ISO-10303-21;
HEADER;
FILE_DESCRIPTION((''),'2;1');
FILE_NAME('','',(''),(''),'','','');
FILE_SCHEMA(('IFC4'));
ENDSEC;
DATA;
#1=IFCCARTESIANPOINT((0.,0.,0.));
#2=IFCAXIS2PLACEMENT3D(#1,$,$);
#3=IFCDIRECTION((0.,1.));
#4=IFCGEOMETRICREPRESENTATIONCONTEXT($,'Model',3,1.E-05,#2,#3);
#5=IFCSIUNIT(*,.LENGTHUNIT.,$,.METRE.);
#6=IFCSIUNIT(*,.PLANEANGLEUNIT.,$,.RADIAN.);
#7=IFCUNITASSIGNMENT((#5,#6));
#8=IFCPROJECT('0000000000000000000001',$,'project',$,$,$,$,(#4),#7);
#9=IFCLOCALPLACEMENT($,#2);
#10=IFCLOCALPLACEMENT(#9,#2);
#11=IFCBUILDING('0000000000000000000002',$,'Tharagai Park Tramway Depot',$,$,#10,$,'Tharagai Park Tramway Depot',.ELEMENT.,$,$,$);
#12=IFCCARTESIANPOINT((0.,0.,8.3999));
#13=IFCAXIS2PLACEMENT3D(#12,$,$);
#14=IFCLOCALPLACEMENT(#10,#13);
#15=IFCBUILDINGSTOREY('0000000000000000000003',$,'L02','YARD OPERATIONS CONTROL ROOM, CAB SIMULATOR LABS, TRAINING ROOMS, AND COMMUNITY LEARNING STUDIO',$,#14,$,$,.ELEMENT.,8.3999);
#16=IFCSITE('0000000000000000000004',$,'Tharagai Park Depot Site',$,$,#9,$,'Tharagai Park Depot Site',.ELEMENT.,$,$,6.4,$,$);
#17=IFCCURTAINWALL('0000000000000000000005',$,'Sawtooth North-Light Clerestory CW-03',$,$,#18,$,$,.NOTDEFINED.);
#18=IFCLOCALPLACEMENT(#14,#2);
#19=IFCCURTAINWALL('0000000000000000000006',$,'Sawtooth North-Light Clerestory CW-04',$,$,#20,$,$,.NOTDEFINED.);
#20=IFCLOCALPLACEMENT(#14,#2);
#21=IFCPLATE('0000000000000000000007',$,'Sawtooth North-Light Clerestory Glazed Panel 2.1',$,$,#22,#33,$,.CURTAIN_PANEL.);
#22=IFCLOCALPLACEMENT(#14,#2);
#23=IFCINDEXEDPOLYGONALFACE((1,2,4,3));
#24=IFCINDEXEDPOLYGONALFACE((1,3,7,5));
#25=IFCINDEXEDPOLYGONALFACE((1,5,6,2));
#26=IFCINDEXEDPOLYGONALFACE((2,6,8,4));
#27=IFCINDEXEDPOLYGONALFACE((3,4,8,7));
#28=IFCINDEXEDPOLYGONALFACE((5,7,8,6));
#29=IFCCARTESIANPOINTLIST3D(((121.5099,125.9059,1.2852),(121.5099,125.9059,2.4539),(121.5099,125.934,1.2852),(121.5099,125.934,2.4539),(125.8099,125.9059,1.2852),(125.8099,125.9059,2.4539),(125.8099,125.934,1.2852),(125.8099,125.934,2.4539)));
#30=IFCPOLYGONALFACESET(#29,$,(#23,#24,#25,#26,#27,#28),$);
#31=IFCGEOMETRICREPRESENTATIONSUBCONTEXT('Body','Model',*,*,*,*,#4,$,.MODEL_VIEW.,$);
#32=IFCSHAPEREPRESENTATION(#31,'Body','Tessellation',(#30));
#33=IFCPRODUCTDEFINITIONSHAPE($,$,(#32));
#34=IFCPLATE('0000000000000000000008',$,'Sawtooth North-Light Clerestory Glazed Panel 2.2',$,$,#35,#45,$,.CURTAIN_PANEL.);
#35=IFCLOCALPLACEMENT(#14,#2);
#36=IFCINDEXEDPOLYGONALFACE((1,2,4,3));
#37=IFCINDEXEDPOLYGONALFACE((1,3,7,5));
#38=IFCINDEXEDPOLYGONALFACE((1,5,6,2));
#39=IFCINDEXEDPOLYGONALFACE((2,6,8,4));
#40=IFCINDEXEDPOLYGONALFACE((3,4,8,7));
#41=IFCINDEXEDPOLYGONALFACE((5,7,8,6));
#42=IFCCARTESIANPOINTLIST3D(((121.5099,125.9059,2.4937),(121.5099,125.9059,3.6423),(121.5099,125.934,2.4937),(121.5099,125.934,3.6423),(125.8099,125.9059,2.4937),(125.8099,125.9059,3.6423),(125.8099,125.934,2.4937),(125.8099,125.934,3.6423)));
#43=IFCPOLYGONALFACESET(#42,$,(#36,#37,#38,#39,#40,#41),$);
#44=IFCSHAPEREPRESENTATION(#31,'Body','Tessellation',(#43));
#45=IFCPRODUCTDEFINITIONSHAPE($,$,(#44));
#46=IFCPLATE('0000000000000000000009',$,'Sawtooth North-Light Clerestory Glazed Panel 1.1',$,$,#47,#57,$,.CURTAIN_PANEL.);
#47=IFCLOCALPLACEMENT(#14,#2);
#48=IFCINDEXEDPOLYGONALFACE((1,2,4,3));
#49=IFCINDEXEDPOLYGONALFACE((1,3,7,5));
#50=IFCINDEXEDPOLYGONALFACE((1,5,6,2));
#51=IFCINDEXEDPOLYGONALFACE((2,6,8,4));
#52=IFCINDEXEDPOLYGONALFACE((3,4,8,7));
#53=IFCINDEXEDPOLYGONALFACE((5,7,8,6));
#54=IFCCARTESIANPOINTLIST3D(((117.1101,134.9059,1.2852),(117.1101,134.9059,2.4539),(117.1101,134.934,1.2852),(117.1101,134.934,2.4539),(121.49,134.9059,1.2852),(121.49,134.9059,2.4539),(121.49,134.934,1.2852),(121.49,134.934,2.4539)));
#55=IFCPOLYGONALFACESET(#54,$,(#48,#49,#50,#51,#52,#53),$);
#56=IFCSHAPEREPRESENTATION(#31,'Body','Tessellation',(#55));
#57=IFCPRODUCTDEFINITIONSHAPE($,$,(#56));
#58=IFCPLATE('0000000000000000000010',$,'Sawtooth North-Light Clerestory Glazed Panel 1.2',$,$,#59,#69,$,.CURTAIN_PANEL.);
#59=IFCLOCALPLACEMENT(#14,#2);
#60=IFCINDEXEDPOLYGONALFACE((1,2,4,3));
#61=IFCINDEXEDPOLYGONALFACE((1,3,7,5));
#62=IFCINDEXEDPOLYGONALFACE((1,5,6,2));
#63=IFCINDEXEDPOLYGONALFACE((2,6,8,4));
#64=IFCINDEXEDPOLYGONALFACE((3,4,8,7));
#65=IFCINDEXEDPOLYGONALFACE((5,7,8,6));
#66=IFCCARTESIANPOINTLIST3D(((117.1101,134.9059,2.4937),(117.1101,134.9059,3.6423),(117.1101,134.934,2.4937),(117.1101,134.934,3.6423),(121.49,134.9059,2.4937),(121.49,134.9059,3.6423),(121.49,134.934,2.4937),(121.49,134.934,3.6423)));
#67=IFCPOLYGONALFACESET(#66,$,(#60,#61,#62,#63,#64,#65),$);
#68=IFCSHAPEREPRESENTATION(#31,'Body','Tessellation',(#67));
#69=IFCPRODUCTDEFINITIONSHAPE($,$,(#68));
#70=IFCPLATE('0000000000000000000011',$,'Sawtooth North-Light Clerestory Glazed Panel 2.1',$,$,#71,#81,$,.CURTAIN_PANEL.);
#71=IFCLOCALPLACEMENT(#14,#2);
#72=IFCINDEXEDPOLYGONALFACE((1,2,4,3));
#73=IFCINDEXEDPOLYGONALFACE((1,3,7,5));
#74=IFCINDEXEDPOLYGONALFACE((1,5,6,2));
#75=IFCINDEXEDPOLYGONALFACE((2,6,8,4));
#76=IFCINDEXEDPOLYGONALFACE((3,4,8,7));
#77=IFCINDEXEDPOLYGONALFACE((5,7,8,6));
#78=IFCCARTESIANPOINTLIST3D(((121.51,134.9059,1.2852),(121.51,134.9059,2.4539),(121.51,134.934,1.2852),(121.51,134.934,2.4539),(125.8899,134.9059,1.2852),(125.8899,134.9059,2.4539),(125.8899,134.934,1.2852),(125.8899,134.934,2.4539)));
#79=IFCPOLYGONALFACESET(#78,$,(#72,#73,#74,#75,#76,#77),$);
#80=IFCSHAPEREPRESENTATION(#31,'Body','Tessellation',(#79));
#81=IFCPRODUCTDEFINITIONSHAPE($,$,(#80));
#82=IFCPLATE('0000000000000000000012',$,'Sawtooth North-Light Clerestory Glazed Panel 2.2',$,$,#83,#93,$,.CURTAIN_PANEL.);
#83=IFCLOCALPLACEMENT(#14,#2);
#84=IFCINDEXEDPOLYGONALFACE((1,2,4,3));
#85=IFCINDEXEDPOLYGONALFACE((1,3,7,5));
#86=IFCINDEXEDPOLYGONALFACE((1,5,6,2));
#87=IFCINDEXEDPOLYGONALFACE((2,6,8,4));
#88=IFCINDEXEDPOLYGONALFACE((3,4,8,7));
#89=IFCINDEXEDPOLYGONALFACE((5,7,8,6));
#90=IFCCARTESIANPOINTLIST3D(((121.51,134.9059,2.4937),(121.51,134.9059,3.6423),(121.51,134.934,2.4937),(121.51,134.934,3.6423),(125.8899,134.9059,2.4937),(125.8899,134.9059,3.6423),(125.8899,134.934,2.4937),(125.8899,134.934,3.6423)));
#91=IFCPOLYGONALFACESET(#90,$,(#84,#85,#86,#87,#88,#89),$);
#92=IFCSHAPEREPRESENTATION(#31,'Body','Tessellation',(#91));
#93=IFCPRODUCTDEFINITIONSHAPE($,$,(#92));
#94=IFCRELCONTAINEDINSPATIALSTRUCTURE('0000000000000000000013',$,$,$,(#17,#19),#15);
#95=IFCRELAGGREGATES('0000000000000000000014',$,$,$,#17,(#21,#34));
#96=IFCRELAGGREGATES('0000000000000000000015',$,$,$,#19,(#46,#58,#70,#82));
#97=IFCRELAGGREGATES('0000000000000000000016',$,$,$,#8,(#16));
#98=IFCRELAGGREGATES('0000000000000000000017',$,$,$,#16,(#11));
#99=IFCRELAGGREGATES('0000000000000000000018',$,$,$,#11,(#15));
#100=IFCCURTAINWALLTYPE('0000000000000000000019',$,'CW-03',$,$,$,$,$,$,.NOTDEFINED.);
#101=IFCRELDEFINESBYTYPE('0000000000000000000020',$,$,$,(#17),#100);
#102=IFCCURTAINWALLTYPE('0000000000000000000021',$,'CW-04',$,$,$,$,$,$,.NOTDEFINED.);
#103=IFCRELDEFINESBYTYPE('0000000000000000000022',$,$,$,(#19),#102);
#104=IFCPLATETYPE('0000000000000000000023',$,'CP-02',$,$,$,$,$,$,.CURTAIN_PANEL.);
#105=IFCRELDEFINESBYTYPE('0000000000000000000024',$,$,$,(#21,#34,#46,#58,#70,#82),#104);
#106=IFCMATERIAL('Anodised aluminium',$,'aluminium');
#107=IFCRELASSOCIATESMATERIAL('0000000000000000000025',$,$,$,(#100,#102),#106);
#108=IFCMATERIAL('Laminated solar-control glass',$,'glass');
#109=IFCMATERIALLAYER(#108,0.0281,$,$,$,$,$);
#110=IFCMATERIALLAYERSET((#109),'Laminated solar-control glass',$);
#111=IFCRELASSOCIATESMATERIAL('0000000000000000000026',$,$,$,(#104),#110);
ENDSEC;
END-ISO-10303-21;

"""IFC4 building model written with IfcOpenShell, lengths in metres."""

from ifc_helpers import new_model, si_unit, direction, frame, origin, origin_2d, place, context, subcontext, project, spatial, rectangle, extrude, material, layer, layer_set, type_object, element, aggregate, save


model = new_model("IFC4")

# Units and contexts
model_context = context("Model", 3, precision=1e-05, world=origin(), true_north=direction((0.0, 1.0)))
body_context = subcontext(model_context, "Body", "Model", "MODEL_VIEW")
ifc_project = project(units=[si_unit("LENGTHUNIT", "METRE"), si_unit("PLANEANGLEUNIT", "RADIAN")], contexts=[model_context])

# Site, building, storey
site_placement = place(None, origin())
site = spatial("IfcSite", under=ifc_project, at=site_placement, Name="Tharagai Park Depot Site", LongName="Tharagai Park Depot Site", CompositionType="ELEMENT", RefElevation=6.4)
building_placement = place(site_placement, origin())
building = spatial("IfcBuilding", under=site, at=building_placement, Name="Tharagai Park Tramway Depot", LongName="Tharagai Park Tramway Depot", CompositionType="ELEMENT")
storey_placement = place(building_placement, frame((0.0, 0.0, 8.3999)))
storey = spatial("IfcBuildingStorey", under=building, at=storey_placement, Name="L02", Description="YARD OPERATIONS CONTROL ROOM, CAB SIMULATOR LABS, TRAINING ROOMS, AND COMMUNITY LEARNING STUDIO", CompositionType="ELEMENT", Elevation=8.3999)

# Curtain wall
ifc_material_1 = material(Name="Anodised aluminium", Category="aluminium")
curtain_wall_type_1 = type_object("IfcCurtainWallType", Name="CW-03", PredefinedType="NOTDEFINED", material=ifc_material_1)
curtain_wall_1_placement = place(storey_placement, origin())
curtain_wall_1 = element("IfcCurtainWall", 1, at=curtain_wall_1_placement, inside=storey, type_object=curtain_wall_type_1, Name="Sawtooth North-Light Clerestory CW-03", PredefinedType="NOTDEFINED")

# Curtain wall
curtain_wall_type_2 = type_object("IfcCurtainWallType", Name="CW-04", PredefinedType="NOTDEFINED", material=ifc_material_1)
curtain_wall_2_placement = place(storey_placement, origin())
curtain_wall_2 = element("IfcCurtainWall", 2, at=curtain_wall_2_placement, inside=storey, type_object=curtain_wall_type_2, Name="Sawtooth North-Light Clerestory CW-04", PredefinedType="NOTDEFINED")

# Plates
ifc_material_2 = material(Name="Laminated solar-control glass", Category="glass")
ifc_layer = layer(ifc_material_2, 0.0281)
ifc_layer_set = layer_set([ifc_layer], Name="Laminated solar-control glass")
plate_type = type_object("IfcPlateType", Name="CP-02", PredefinedType="CURTAIN_PANEL", material=ifc_layer_set)
plate_1_placement = place(storey_placement, frame((123.6599, 125.9199, 1.2852), z_axis=(0.0, 0.0, 1.0), x_axis=(1.0, 0.0, 0.0)))
plate_1 = element("IfcPlate", 3, at=plate_1_placement, type_object=plate_type, Name="Sawtooth North-Light Clerestory Glazed Panel 2.1", PredefinedType="CURTAIN_PANEL", context=body_context, shape_type="SweptSolid", body=[
    extrude(rectangle(XDim=4.3, YDim=0.0281, at=origin_2d()), origin(), (0.0, 0.0, 1.0), 1.1687),
])
plate_2_placement = place(storey_placement, frame((123.6599, 125.9199, 2.4937), z_axis=(0.0, 0.0, 1.0), x_axis=(1.0, 0.0, 0.0)))
plate_2 = element("IfcPlate", 4, at=plate_2_placement, type_object=plate_type, Name="Sawtooth North-Light Clerestory Glazed Panel 2.2", PredefinedType="CURTAIN_PANEL", context=body_context, shape_type="SweptSolid", body=[
    extrude(rectangle(XDim=4.3, YDim=0.0281, at=origin_2d()), origin(), (0.0, 0.0, 1.0), 1.1487),
])
aggregate(curtain_wall_1, [plate_1, plate_2])
plate_3_placement = place(storey_placement, frame((119.3, 134.9199, 1.2852), z_axis=(0.0, 0.0, 1.0), x_axis=(1.0, 0.0, 0.0)))
plate_3 = element("IfcPlate", 5, at=plate_3_placement, type_object=plate_type, Name="Sawtooth North-Light Clerestory Glazed Panel 1.1", PredefinedType="CURTAIN_PANEL", context=body_context, shape_type="SweptSolid", body=[
    extrude(rectangle(XDim=4.3799, YDim=0.0281, at=origin_2d()), origin(), (0.0, 0.0, 1.0), 1.1687),
])
plate_4_placement = place(storey_placement, frame((119.3, 134.9199, 2.4937), z_axis=(0.0, 0.0, 1.0), x_axis=(1.0, 0.0, 0.0)))
plate_4 = element("IfcPlate", 6, at=plate_4_placement, type_object=plate_type, Name="Sawtooth North-Light Clerestory Glazed Panel 1.2", PredefinedType="CURTAIN_PANEL", context=body_context, shape_type="SweptSolid", body=[
    extrude(rectangle(XDim=4.3799, YDim=0.0281, at=origin_2d()), origin(), (0.0, 0.0, 1.0), 1.1487),
])
plate_5_placement = place(storey_placement, frame((123.7, 134.9199, 1.2852), z_axis=(0.0, 0.0, 1.0), x_axis=(1.0, 0.0, 0.0)))
plate_5 = element("IfcPlate", 7, at=plate_5_placement, type_object=plate_type, Name="Sawtooth North-Light Clerestory Glazed Panel 2.1", PredefinedType="CURTAIN_PANEL", context=body_context, shape_type="SweptSolid", body=[
    extrude(rectangle(XDim=4.3799, YDim=0.0281, at=origin_2d()), origin(), (0.0, 0.0, 1.0), 1.1687),
])
plate_6_placement = place(storey_placement, frame((123.7, 134.9199, 2.4937), z_axis=(0.0, 0.0, 1.0), x_axis=(1.0, 0.0, 0.0)))
plate_6 = element("IfcPlate", 8, at=plate_6_placement, type_object=plate_type, Name="Sawtooth North-Light Clerestory Glazed Panel 2.2", PredefinedType="CURTAIN_PANEL", context=body_context, shape_type="SweptSolid", body=[
    extrude(rectangle(XDim=4.3799, YDim=0.0281, at=origin_2d()), origin(), (0.0, 0.0, 1.0), 1.1487),
])
aggregate(curtain_wall_2, [plate_3, plate_4, plate_5, plate_6])

save(model, "model.ifc")
